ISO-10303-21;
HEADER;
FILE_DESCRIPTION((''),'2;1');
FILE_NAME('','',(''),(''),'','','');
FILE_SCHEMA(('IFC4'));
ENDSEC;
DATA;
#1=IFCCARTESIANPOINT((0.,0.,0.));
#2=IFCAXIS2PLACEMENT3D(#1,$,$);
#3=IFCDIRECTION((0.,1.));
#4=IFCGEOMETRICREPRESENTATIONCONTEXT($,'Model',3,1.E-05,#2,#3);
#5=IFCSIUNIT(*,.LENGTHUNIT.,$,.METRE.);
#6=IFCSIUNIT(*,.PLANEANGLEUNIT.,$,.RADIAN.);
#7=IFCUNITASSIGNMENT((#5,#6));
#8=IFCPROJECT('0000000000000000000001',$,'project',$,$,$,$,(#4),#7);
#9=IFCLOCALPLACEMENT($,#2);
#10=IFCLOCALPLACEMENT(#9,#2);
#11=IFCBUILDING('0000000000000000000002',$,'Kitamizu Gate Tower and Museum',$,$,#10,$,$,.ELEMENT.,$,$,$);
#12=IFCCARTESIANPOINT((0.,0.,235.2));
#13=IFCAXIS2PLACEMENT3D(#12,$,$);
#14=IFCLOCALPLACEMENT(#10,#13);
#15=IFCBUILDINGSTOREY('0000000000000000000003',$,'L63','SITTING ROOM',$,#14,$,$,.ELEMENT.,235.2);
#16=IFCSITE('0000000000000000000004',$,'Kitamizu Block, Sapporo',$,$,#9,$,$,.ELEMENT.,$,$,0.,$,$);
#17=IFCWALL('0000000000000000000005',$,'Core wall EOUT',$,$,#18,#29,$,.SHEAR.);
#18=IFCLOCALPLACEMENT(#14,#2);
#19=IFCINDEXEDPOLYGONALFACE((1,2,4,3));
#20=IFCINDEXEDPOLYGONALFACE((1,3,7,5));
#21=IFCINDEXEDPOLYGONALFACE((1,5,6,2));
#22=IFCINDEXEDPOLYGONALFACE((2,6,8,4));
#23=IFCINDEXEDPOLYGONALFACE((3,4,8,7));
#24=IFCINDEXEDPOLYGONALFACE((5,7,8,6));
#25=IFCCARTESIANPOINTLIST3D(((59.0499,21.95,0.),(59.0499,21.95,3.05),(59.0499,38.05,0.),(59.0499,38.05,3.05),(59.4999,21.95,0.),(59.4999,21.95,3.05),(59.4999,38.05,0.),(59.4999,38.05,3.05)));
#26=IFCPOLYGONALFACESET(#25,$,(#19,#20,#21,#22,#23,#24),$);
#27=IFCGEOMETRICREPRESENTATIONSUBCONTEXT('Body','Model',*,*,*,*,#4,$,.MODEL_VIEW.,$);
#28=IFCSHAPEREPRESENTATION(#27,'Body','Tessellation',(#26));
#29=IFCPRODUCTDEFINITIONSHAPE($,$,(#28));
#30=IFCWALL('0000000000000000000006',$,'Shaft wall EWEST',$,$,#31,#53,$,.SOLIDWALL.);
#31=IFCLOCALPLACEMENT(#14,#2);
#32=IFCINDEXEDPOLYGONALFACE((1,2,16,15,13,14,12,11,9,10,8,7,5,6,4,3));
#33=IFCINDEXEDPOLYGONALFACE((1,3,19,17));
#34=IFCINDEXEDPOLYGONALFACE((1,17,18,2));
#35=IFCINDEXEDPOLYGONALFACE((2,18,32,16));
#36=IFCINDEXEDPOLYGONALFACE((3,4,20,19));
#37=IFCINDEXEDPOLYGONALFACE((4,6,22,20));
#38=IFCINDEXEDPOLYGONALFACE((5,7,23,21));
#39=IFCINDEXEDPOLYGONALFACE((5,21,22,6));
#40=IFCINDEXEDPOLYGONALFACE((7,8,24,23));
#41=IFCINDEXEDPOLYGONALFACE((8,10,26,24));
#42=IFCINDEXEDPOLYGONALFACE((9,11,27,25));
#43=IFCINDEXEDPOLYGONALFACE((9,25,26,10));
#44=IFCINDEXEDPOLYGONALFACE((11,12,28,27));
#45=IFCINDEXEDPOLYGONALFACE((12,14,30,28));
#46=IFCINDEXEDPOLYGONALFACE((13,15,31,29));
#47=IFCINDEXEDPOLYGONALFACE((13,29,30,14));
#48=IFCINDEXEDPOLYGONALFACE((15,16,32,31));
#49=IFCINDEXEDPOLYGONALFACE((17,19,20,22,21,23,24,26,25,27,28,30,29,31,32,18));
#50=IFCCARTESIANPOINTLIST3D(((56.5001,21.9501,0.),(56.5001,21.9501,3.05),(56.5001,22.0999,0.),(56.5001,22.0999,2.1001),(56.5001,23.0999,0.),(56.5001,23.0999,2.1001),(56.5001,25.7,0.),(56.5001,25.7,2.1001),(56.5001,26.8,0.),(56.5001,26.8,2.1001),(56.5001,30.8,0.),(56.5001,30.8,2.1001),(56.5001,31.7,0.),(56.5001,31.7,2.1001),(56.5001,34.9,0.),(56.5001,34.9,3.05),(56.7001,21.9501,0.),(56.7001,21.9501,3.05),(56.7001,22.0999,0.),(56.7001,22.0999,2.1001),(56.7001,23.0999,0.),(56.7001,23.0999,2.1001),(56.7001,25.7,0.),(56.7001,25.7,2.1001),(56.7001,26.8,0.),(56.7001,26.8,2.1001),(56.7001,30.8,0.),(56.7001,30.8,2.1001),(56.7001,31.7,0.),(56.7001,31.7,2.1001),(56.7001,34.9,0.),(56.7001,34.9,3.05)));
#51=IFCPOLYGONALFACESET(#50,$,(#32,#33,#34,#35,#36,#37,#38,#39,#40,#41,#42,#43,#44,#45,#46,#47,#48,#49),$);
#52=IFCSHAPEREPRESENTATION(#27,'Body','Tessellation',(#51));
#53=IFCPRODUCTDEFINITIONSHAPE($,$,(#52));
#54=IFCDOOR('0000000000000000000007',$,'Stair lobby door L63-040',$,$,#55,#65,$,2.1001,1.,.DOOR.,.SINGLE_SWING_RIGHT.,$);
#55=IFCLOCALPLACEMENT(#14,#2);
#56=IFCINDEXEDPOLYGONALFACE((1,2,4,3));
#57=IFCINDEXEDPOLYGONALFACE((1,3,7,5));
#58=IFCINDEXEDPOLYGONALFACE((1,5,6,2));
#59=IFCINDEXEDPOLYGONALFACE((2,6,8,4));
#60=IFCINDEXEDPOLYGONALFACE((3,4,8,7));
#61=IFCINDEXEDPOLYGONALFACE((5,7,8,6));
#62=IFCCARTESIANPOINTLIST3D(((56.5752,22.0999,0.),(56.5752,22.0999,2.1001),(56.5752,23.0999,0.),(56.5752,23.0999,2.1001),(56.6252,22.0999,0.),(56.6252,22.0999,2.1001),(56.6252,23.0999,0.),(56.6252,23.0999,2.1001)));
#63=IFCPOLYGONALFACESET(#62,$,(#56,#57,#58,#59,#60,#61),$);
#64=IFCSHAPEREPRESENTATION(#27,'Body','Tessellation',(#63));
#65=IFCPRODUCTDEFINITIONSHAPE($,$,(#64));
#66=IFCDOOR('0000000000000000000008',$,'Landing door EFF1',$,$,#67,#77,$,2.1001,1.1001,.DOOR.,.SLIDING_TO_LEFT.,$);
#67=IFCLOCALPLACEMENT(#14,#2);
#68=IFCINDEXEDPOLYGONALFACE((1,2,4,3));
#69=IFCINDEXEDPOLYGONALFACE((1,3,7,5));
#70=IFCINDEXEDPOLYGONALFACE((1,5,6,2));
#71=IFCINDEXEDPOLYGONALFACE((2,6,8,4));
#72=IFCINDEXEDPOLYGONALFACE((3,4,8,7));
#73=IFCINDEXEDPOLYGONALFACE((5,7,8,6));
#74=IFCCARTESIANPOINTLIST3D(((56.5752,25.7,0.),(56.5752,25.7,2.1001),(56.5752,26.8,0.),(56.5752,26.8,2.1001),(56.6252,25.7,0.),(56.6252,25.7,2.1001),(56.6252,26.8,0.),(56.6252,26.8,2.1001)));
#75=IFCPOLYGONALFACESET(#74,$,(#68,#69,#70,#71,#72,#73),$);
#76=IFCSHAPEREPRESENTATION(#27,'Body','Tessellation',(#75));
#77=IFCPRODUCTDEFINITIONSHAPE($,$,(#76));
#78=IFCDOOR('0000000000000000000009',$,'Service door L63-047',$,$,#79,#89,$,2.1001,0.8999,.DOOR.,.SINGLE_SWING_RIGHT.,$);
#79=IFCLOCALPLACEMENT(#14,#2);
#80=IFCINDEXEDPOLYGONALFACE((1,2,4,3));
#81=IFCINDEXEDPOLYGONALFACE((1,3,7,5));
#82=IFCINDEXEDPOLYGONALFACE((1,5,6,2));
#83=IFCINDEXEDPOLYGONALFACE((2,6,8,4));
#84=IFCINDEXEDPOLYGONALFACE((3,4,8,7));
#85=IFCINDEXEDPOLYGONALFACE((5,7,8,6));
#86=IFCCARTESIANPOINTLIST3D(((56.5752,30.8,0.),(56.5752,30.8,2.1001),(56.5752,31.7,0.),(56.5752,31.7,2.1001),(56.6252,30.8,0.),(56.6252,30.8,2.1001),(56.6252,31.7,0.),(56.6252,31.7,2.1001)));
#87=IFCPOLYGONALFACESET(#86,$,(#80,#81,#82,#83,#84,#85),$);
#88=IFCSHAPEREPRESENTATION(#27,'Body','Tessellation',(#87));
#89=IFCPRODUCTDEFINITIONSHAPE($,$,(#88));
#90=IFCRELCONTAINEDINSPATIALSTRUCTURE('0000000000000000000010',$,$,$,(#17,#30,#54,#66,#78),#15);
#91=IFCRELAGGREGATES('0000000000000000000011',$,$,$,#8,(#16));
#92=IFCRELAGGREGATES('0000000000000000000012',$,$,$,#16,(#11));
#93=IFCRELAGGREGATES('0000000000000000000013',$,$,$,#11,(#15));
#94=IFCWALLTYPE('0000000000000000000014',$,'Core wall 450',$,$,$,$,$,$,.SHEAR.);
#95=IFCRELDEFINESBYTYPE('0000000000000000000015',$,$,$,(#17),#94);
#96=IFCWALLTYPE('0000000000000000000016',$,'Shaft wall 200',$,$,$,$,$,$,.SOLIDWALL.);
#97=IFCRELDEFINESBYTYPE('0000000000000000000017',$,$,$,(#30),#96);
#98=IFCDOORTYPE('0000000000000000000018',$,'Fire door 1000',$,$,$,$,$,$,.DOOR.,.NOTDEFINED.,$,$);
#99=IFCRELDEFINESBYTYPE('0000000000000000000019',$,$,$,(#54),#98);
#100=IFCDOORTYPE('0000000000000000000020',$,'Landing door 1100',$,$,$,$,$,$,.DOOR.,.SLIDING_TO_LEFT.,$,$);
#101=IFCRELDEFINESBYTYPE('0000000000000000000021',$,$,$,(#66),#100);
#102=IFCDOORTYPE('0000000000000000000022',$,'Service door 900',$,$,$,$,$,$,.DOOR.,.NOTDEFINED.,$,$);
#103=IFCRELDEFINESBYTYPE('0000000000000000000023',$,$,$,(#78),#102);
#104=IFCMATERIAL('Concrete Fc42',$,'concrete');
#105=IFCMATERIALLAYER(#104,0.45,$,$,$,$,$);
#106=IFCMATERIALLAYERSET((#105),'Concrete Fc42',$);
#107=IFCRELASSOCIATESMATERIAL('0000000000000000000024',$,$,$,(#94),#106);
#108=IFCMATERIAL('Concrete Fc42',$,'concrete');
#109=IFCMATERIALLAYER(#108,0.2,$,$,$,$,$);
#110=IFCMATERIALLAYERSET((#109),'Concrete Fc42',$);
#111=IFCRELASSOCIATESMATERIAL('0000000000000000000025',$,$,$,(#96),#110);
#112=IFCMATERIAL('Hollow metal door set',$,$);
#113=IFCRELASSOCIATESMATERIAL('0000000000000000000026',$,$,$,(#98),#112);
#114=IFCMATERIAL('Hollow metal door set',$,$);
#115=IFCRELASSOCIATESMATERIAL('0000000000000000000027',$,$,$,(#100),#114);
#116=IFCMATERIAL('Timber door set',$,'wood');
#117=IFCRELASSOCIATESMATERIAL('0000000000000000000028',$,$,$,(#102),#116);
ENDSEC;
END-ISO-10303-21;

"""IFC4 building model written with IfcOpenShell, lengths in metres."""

from ifc_helpers import new_model, si_unit, direction, frame, frame_2d, origin, place, context, subcontext, project, spatial, rectangle, extrude, material, layer, layer_set, type_object, element, fill, save


model = new_model("IFC4")

# Units and contexts
model_context = context("Model", 3, precision=1e-05, world=origin(), true_north=direction((0.0, 1.0)))
body_context = subcontext(model_context, "Body", "Model", "MODEL_VIEW")
ifc_project = project(units=[si_unit("LENGTHUNIT", "METRE"), si_unit("PLANEANGLEUNIT", "RADIAN")], contexts=[model_context])

# Site, building, storey
site_placement = place(None, origin())
site = spatial("IfcSite", under=ifc_project, at=site_placement, Name="Kitamizu Block, Sapporo", CompositionType="ELEMENT", RefElevation=0.0)
building_placement = place(site_placement, origin())
building = spatial("IfcBuilding", under=site, at=building_placement, Name="Kitamizu Gate Tower and Museum", CompositionType="ELEMENT")
storey_placement = place(building_placement, frame((0.0, 0.0, 235.2)))
storey = spatial("IfcBuildingStorey", under=building, at=storey_placement, Name="L63", Description="SITTING ROOM", CompositionType="ELEMENT", Elevation=235.2)

# Wall
ifc_material_1 = material(Name="Concrete Fc42", Category="concrete")
ifc_layer_1 = layer(ifc_material_1, 0.45)
ifc_layer_set_1 = layer_set([ifc_layer_1], Name="Concrete Fc42")
wall_type_1 = type_object("IfcWallType", Name="Core wall 450", PredefinedType="SHEAR", material=ifc_layer_set_1)
wall_1_placement = place(storey_placement, frame((59.2749, 21.95, 0.0), z_axis=(0.0, 0.0, 1.0), x_axis=(0.0, 1.0, 0.0)))
element("IfcWall", 1, at=wall_1_placement, inside=storey, type_object=wall_type_1, Name="Core wall EOUT", PredefinedType="SHEAR", context=body_context, shape_type="SweptSolid", body=[
    extrude(rectangle(XDim=16.1001, YDim=0.45, at=frame_2d((8.05, 0.0))), origin(), (0.0, 0.0, 1.0), 3.05),
])

# Wall, openings, doors
ifc_material_2 = material(Name="Concrete Fc42", Category="concrete")
ifc_layer_2 = layer(ifc_material_2, 0.2)
ifc_layer_set_2 = layer_set([ifc_layer_2], Name="Concrete Fc42")
wall_type_2 = type_object("IfcWallType", Name="Shaft wall 200", PredefinedType="SOLIDWALL", material=ifc_layer_set_2)
wall_2_placement = place(storey_placement, frame((56.6001, 21.95, 0.0), z_axis=(0.0, 0.0, 1.0), x_axis=(0.0, 1.0, 0.0)))
wall_2 = element("IfcWall", 2, at=wall_2_placement, inside=storey, type_object=wall_type_2, Name="Shaft wall EWEST", PredefinedType="SOLIDWALL", context=body_context, shape_type="SweptSolid", body=[
    extrude(rectangle(XDim=12.95, YDim=0.2, at=frame_2d((6.4751, 0.0))), origin(), (0.0, 0.0, 1.0), 3.05),
])
opening_1_placement = place(wall_2_placement, frame((3.75, 0.0, 0.0)))
opening_1 = element("IfcOpeningElement", 3, at=opening_1_placement, cuts=wall_2, PredefinedType="OPENING", context=body_context, shape_type="SweptSolid", body=[
    extrude(rectangle(XDim=1.1001, YDim=2.1001, at=frame_2d((0.55, 1.05))), frame((0.0, 0.1099, 0.0), z_axis=(0.0, -1.0, 0.0), x_axis=(1.0, 0.0, 0.0)), (0.0, 0.0, 1.0), 0.22),
])
opening_2_placement = place(wall_2_placement, frame((0.1499, 0.0, 0.0)))
opening_2 = element("IfcOpeningElement", 4, at=opening_2_placement, cuts=wall_2, PredefinedType="OPENING", context=body_context, shape_type="SweptSolid", body=[
    extrude(rectangle(XDim=1.0, YDim=2.1001, at=frame_2d((0.5, 1.05))), frame((0.0, 0.1099, 0.0), z_axis=(0.0, -1.0, 0.0), x_axis=(1.0, 0.0, 0.0)), (0.0, 0.0, 1.0), 0.22),
])
opening_3_placement = place(wall_2_placement, frame((8.8501, 0.0, 0.0)))
opening_3 = element("IfcOpeningElement", 5, at=opening_3_placement, cuts=wall_2, PredefinedType="OPENING", context=body_context, shape_type="SweptSolid", body=[
    extrude(rectangle(XDim=0.8999, YDim=2.1001, at=frame_2d((0.45, 1.05))), frame((0.0, 0.1099, 0.0), z_axis=(0.0, -1.0, 0.0), x_axis=(1.0, 0.0, 0.0)), (0.0, 0.0, 1.0), 0.22),
])
ifc_material_3 = material(Name="Hollow metal door set")
door_type_1 = type_object("IfcDoorType", Name="Fire door 1000", OperationType="NOTDEFINED", PredefinedType="DOOR", material=ifc_material_3)
door_1_placement = place(opening_2_placement, origin())
door_1 = element("IfcDoor", 6, at=door_1_placement, inside=storey, type_object=door_type_1, Name="Stair lobby door L63-040", OperationType="SINGLE_SWING_RIGHT", OverallHeight=2.1001, OverallWidth=1.0, PredefinedType="DOOR", context=body_context, shape_type="SweptSolid", body=[
    extrude(rectangle(XDim=1.0, YDim=2.1001, at=frame_2d((0.5, 1.05))), frame((0.0, 0.0249, 0.0), z_axis=(0.0, -1.0, 0.0), x_axis=(1.0, 0.0, 0.0)), (0.0, 0.0, 1.0), 0.05),
])
fill(opening_2, door_1)
ifc_material_4 = material(Name="Hollow metal door set")
door_type_2 = type_object("IfcDoorType", Name="Landing door 1100", OperationType="SLIDING_TO_LEFT", PredefinedType="DOOR", material=ifc_material_4)
door_2_placement = place(opening_1_placement, origin())
door_2 = element("IfcDoor", 7, at=door_2_placement, inside=storey, type_object=door_type_2, Name="Landing door EFF1", OperationType="SLIDING_TO_LEFT", OverallHeight=2.1001, OverallWidth=1.1001, PredefinedType="DOOR", context=body_context, shape_type="SweptSolid", body=[
    extrude(rectangle(XDim=1.1001, YDim=2.1001, at=frame_2d((0.55, 1.05))), frame((0.0, 0.0249, 0.0), z_axis=(0.0, -1.0, 0.0), x_axis=(1.0, 0.0, 0.0)), (0.0, 0.0, 1.0), 0.05),
])
fill(opening_1, door_2)
ifc_material_5 = material(Name="Timber door set", Category="wood")
door_type_3 = type_object("IfcDoorType", Name="Service door 900", OperationType="NOTDEFINED", PredefinedType="DOOR", material=ifc_material_5)
door_3_placement = place(opening_3_placement, origin())
door_3 = element("IfcDoor", 8, at=door_3_placement, inside=storey, type_object=door_type_3, Name="Service door L63-047", OperationType="SINGLE_SWING_RIGHT", OverallHeight=2.1001, OverallWidth=0.8999, PredefinedType="DOOR", context=body_context, shape_type="SweptSolid", body=[
    extrude(rectangle(XDim=0.8999, YDim=2.1001, at=frame_2d((0.45, 1.05))), frame((0.0, 0.0249, 0.0), z_axis=(0.0, -1.0, 0.0), x_axis=(1.0, 0.0, 0.0)), (0.0, 0.0, 1.0), 0.05),
])
fill(opening_3, door_3)

save(model, "model.ifc")
